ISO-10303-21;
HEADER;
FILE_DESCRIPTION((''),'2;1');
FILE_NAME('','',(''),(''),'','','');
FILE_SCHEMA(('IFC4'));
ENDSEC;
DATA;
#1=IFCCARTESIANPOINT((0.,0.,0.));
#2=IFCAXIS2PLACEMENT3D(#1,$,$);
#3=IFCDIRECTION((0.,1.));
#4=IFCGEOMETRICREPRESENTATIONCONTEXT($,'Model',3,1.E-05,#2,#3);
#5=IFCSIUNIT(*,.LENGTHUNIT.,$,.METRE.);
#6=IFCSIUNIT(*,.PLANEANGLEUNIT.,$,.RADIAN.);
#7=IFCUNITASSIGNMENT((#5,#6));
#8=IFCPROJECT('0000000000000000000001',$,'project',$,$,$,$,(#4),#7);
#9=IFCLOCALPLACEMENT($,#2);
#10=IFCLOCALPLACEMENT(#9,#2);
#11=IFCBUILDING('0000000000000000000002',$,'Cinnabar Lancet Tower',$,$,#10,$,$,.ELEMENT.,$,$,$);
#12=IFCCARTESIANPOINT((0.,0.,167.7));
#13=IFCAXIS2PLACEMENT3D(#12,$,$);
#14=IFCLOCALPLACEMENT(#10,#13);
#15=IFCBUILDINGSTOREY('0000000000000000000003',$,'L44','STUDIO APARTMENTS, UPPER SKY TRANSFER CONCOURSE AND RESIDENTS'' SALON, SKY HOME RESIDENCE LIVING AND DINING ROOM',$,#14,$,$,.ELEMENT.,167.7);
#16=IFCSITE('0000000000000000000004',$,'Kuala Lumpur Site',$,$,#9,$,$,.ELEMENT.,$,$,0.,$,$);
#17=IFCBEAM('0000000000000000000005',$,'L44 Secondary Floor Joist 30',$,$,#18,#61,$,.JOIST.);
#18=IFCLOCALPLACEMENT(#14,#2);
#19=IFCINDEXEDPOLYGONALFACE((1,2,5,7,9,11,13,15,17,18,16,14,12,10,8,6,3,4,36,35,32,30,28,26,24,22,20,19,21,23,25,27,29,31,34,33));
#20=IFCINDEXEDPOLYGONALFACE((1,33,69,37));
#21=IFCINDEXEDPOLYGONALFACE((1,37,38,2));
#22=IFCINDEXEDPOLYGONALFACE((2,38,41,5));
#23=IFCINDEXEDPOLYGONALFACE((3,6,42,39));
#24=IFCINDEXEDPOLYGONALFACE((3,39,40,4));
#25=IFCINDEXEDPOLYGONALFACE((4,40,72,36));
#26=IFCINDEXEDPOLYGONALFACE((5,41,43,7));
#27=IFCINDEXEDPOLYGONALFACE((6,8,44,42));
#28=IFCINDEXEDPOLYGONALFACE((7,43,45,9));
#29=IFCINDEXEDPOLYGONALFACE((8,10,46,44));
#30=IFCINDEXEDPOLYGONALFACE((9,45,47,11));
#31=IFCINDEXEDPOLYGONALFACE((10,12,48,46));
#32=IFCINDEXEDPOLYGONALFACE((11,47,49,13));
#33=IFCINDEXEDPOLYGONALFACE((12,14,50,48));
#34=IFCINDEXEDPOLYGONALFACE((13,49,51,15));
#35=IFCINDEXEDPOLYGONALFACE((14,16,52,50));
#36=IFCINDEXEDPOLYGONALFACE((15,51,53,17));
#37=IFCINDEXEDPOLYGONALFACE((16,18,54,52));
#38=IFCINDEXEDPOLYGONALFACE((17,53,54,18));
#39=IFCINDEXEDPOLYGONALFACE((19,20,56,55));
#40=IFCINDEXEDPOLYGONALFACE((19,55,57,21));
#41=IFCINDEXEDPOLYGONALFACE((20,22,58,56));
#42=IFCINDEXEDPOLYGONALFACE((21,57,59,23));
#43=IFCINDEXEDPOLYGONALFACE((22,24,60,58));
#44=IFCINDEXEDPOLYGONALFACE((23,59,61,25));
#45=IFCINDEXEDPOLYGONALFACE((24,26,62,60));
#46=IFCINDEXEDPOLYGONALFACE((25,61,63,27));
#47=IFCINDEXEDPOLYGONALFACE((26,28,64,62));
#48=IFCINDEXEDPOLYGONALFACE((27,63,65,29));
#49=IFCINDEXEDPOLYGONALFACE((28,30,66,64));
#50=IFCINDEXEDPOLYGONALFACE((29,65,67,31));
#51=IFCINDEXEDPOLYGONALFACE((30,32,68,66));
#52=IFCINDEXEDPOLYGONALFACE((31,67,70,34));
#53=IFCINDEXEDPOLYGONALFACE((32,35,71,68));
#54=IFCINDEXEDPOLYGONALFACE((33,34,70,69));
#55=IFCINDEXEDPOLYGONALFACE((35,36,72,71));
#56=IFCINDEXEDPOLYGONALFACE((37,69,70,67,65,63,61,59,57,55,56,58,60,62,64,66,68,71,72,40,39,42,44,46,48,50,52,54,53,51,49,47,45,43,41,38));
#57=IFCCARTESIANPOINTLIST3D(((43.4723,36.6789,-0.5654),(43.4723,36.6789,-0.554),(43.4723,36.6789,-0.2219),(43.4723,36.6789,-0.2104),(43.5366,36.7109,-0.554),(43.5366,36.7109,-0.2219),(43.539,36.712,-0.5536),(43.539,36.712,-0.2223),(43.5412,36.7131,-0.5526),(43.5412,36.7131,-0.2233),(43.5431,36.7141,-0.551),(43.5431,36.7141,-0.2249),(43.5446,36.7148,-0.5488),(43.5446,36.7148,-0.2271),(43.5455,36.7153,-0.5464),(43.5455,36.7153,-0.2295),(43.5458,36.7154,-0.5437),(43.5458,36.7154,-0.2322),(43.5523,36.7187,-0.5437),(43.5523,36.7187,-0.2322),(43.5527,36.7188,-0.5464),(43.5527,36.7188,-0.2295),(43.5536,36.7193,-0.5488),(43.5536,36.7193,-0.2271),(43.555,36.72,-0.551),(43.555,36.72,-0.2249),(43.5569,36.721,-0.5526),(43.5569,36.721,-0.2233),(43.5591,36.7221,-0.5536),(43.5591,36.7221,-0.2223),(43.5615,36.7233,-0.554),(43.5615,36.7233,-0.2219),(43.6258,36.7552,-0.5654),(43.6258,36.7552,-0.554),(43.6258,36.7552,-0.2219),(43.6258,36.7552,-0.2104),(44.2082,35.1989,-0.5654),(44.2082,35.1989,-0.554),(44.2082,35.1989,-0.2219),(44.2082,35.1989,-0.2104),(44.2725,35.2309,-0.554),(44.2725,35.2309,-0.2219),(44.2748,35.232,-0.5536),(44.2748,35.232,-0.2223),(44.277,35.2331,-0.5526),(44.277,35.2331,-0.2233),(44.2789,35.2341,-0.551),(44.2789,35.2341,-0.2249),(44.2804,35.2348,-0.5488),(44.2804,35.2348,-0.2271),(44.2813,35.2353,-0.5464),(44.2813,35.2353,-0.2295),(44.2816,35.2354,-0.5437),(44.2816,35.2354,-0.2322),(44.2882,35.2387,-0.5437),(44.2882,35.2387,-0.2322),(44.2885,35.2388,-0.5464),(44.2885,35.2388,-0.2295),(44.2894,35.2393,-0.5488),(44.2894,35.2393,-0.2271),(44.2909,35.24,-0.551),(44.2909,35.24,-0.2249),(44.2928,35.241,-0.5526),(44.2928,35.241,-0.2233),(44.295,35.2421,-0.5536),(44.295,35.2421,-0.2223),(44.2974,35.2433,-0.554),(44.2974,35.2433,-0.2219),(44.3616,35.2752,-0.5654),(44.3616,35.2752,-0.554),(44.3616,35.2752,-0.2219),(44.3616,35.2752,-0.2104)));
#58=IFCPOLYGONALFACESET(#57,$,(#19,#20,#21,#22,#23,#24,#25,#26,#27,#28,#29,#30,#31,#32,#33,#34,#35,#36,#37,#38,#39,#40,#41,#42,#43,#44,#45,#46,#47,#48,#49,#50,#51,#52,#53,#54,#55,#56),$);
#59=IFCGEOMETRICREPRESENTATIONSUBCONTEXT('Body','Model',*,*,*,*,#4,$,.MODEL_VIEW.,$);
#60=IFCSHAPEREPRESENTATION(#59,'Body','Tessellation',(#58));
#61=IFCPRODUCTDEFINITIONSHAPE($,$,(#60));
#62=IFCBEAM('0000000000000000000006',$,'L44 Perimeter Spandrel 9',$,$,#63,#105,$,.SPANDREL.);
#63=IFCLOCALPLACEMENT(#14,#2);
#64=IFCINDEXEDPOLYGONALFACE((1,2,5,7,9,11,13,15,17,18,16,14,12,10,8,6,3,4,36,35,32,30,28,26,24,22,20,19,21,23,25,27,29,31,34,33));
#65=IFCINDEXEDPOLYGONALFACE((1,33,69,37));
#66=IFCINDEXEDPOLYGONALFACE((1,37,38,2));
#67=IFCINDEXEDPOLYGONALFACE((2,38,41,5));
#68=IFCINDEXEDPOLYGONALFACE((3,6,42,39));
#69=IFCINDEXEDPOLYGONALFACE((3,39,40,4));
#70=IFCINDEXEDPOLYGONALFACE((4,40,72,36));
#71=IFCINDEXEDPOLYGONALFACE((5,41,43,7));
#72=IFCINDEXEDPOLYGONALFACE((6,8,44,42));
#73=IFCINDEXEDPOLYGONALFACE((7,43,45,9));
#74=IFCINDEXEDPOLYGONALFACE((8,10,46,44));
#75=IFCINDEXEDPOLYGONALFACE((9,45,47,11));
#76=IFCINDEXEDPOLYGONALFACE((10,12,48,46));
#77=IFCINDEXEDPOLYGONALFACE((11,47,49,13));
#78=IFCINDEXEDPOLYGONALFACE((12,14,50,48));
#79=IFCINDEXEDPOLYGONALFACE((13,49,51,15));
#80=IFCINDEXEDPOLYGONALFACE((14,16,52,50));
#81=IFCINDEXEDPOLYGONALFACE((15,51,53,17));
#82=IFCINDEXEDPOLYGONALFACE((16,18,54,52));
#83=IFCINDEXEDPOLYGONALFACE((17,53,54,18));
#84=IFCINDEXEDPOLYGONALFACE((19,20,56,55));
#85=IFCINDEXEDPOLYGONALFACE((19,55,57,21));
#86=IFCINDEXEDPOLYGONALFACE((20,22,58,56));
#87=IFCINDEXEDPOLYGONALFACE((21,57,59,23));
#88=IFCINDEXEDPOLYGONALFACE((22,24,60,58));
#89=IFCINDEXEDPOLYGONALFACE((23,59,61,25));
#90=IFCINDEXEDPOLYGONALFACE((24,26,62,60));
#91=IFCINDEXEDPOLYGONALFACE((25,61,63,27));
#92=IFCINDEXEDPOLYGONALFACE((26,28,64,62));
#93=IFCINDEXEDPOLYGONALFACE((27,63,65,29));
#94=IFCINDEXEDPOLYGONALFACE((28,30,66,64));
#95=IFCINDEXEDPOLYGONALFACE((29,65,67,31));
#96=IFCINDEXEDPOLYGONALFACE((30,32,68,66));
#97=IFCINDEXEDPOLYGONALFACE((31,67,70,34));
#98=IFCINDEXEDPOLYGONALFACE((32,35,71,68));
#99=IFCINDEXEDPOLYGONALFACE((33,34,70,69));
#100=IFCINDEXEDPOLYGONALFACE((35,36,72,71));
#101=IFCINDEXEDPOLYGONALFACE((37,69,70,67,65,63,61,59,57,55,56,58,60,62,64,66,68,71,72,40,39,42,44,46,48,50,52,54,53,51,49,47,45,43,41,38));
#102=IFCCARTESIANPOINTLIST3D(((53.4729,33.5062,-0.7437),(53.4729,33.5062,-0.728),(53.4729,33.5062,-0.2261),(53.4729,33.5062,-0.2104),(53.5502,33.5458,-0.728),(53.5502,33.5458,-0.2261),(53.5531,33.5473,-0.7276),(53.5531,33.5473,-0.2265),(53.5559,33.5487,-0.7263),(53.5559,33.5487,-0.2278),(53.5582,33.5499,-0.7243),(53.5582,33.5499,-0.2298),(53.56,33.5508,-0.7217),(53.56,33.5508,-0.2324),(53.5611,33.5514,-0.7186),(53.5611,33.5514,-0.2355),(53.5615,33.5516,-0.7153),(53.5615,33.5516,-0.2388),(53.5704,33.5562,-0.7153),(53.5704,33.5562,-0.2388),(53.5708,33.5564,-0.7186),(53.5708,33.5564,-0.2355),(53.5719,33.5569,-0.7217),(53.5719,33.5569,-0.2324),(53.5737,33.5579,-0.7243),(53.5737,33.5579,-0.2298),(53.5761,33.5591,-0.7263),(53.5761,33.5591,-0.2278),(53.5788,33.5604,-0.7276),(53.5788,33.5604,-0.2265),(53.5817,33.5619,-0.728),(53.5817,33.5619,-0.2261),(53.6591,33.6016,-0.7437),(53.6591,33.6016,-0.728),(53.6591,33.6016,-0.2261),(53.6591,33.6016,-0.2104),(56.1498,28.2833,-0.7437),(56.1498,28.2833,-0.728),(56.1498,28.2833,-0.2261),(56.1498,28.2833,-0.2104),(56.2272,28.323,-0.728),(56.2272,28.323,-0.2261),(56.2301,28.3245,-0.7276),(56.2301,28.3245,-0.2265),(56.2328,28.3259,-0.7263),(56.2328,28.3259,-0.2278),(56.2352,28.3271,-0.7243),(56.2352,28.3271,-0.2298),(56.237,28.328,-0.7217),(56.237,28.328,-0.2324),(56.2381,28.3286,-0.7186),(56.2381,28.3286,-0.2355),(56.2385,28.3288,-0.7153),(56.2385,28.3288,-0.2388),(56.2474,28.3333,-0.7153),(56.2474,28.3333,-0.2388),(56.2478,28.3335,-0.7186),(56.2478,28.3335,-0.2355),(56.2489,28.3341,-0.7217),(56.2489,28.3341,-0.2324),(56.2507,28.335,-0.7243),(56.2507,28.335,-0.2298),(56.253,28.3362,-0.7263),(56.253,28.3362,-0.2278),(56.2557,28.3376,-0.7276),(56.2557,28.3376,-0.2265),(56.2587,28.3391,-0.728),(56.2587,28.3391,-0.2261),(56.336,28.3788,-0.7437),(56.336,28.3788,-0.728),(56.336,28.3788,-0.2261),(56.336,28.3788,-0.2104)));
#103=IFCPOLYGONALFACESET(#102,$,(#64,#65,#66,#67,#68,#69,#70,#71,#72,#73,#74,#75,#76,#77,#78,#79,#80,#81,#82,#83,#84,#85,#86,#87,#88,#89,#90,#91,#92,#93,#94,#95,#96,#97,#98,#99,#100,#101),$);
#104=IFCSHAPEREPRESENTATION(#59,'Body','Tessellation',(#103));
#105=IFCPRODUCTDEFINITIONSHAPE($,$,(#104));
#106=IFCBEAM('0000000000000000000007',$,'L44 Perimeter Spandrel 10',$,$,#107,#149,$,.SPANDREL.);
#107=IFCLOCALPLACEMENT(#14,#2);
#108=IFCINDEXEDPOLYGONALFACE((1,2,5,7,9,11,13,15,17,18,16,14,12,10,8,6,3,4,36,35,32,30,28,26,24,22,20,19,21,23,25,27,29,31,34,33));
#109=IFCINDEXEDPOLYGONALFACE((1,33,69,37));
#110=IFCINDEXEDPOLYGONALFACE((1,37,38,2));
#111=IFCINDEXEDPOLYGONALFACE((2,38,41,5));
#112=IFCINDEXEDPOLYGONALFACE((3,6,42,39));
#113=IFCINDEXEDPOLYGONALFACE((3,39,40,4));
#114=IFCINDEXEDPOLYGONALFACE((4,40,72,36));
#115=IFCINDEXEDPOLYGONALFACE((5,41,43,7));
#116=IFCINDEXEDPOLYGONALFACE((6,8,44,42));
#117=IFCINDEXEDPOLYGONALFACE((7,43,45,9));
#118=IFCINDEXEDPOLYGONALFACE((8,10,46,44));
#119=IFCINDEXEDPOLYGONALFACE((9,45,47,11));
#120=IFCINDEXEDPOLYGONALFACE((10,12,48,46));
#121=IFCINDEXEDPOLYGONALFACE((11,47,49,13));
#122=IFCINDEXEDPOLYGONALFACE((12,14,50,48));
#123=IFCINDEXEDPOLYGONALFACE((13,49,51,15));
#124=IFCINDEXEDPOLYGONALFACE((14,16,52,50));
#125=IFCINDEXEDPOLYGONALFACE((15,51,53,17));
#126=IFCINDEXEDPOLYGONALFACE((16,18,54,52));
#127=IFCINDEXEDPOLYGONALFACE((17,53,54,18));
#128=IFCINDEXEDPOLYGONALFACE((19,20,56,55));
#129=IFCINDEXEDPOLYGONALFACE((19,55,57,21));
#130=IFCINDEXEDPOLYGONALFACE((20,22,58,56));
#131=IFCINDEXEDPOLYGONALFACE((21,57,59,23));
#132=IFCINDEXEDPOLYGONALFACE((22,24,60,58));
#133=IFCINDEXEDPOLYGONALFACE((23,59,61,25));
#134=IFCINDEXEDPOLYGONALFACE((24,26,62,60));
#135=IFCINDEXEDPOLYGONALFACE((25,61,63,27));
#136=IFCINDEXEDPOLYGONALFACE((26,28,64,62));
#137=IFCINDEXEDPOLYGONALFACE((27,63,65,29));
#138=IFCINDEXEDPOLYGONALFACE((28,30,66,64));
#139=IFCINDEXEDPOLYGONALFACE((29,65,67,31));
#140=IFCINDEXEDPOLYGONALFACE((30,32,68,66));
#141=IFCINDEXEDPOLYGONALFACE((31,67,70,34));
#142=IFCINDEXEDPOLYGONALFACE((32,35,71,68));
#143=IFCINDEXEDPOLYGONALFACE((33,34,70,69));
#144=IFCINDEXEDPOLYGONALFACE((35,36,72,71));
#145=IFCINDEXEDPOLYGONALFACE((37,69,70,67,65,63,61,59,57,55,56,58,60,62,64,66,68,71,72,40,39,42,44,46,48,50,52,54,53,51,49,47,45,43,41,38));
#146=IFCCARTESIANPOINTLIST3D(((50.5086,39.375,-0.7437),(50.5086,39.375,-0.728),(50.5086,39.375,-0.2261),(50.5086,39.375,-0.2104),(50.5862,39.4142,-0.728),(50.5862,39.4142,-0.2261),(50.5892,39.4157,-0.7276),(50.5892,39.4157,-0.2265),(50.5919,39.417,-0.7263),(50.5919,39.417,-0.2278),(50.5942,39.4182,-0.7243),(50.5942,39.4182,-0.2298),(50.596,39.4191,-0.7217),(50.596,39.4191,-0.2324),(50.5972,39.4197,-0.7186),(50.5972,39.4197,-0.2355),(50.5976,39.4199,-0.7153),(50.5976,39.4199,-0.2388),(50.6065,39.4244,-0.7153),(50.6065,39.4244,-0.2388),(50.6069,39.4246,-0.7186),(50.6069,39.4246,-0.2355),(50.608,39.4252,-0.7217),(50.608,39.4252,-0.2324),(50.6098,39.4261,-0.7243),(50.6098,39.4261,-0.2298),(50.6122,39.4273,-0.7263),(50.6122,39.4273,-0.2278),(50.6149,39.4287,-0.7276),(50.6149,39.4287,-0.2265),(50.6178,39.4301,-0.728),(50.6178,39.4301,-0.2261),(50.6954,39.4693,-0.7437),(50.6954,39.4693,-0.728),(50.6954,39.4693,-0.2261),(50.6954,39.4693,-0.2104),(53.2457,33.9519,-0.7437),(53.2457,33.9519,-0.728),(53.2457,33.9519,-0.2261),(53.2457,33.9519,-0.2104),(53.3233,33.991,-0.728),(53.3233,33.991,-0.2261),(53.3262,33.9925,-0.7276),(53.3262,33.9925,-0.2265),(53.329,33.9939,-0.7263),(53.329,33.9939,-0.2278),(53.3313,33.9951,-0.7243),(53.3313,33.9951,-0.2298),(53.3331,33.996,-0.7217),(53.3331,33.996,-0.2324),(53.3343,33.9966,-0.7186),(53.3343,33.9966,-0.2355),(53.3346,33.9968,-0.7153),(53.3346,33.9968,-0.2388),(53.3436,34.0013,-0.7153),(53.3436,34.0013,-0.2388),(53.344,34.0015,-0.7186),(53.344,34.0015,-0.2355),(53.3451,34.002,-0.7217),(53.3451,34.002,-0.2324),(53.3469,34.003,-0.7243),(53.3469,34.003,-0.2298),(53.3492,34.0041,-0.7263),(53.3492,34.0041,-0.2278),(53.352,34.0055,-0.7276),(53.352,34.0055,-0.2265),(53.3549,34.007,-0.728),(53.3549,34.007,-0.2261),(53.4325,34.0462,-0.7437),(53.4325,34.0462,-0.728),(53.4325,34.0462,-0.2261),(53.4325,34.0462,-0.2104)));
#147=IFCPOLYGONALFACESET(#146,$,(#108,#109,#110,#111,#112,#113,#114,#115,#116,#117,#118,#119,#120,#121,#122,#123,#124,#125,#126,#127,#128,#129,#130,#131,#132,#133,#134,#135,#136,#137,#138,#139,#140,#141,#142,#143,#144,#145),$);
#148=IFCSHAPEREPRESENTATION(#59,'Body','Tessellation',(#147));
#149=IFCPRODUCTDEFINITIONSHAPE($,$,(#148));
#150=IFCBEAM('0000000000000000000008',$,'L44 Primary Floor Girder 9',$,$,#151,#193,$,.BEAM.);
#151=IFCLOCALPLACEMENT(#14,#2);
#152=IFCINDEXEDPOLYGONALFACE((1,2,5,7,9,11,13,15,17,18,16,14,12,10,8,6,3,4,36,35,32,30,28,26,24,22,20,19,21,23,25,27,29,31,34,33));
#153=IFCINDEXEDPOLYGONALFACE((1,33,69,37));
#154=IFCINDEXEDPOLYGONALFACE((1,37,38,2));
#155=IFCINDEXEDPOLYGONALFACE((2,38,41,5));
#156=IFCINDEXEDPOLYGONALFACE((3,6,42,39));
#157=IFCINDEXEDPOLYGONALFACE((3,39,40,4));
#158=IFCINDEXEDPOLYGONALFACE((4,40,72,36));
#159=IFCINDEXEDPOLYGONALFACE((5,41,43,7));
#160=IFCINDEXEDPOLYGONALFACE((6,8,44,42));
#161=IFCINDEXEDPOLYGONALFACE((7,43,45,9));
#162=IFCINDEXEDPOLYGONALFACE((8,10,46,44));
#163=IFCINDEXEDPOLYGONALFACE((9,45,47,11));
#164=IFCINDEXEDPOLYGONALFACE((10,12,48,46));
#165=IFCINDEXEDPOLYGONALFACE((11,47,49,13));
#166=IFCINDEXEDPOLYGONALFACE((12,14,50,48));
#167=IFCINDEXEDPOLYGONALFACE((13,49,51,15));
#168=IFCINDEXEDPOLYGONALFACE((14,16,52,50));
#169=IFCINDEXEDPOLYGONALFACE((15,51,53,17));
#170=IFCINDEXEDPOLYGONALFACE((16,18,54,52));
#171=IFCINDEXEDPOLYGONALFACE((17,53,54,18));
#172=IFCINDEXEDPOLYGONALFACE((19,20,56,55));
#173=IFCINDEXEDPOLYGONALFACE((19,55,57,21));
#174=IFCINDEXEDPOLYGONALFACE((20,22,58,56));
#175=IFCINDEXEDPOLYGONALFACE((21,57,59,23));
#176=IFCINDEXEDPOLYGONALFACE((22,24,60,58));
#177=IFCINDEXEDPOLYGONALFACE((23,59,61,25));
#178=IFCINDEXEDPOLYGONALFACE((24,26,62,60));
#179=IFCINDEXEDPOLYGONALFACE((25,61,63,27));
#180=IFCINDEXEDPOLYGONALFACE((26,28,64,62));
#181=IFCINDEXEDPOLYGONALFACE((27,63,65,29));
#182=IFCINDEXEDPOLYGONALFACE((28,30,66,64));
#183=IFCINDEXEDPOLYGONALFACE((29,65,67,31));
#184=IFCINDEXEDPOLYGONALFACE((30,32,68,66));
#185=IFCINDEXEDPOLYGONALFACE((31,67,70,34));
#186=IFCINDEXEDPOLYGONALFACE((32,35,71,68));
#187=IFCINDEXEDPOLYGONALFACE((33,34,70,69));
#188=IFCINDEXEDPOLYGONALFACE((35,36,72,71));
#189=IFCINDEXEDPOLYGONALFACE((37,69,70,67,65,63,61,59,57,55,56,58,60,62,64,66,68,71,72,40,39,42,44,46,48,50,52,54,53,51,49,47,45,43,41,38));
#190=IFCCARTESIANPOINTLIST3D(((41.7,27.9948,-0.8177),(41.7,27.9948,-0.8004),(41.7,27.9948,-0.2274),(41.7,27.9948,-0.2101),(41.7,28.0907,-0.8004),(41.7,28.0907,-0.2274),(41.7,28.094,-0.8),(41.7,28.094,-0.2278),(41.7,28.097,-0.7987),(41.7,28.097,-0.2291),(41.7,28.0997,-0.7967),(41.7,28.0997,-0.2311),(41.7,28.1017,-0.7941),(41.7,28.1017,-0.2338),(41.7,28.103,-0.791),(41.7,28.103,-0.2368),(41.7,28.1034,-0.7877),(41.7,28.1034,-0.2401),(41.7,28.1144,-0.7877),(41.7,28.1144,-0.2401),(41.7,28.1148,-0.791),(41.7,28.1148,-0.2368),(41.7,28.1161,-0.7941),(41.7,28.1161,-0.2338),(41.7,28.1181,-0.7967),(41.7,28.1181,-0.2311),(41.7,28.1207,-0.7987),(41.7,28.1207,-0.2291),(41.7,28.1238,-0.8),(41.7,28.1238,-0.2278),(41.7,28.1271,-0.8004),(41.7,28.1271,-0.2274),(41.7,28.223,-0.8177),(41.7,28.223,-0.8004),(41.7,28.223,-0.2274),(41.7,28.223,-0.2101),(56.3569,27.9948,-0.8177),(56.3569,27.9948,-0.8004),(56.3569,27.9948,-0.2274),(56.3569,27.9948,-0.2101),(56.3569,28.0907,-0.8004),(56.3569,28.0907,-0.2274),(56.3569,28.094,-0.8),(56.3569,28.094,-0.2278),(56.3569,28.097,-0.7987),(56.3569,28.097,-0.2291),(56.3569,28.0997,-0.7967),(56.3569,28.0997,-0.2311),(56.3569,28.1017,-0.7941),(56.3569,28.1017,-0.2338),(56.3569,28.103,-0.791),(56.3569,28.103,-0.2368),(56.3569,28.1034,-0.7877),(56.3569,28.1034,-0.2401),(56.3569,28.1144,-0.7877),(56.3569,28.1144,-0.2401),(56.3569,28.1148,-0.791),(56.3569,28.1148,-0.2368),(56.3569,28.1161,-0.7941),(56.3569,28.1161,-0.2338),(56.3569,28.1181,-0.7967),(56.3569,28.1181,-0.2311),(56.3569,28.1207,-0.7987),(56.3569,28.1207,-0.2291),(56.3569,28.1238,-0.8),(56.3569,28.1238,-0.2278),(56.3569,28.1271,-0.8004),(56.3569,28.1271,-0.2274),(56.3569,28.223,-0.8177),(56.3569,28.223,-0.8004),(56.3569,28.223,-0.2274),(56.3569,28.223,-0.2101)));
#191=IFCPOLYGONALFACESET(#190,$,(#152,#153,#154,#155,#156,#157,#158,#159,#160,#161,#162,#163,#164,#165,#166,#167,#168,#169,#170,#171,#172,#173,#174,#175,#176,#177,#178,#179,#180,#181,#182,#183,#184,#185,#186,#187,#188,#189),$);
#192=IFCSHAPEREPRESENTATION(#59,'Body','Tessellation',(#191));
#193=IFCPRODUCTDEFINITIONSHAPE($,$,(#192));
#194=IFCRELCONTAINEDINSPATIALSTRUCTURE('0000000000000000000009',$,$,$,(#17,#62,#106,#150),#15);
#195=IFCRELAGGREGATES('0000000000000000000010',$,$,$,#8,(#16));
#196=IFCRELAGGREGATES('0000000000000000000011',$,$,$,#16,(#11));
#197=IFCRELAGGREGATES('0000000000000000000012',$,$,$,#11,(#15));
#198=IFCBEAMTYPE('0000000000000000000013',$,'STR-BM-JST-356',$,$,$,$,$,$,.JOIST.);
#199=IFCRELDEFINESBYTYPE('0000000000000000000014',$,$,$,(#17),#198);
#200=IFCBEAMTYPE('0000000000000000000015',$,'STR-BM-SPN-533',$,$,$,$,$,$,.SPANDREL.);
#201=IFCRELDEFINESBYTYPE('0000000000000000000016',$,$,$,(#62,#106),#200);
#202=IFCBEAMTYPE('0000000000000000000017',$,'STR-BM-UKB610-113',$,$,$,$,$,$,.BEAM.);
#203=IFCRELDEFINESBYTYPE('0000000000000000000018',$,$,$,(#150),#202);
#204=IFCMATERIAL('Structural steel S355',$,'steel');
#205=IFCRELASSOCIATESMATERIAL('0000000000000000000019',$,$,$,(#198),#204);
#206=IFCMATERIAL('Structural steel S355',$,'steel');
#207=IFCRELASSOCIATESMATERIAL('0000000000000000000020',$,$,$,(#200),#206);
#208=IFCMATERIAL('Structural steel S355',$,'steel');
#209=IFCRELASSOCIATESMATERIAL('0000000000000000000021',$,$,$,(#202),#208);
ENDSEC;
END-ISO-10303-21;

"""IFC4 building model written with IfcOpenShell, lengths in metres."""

from ifc_helpers import new_model, si_unit, direction, frame, origin, origin_2d, place, context, subcontext, project, spatial, i_section, extrude, material, material_profile, profile_set, type_object, element, save


model = new_model("IFC4")

# Units and contexts
model_context = context("Model", 3, precision=1e-05, world=origin(), true_north=direction((0.0, 1.0)))
body_context = subcontext(model_context, "Body", "Model", "MODEL_VIEW")
ifc_project = project(units=[si_unit("LENGTHUNIT", "METRE"), si_unit("PLANEANGLEUNIT", "RADIAN")], contexts=[model_context])

# Site, building, storey
site_placement = place(None, origin())
site = spatial("IfcSite", under=ifc_project, at=site_placement, Name="Kuala Lumpur Site", CompositionType="ELEMENT", RefElevation=0.0)
building_placement = place(site_placement, origin())
building = spatial("IfcBuilding", under=site, at=building_placement, Name="Cinnabar Lancet Tower", CompositionType="ELEMENT")
storey_placement = place(building_placement, frame((0.0, 0.0, 167.7)))
storey = spatial("IfcBuildingStorey", under=building, at=storey_placement, Name="L44", Description="STUDIO APARTMENTS, UPPER SKY TRANSFER CONCOURSE AND RESIDENTS' SALON, SKY HOME RESIDENCE LIVING AND DINING ROOM", CompositionType="ELEMENT", Elevation=167.7)

# Beams
ifc_material_1 = material(Name="Structural steel S355", Category="steel")
ifc_material_profile_1 = material_profile(ifc_material_1, i_section(OverallWidth=0.1714, OverallDepth=0.355, WebThickness=0.0073, FlangeThickness=0.0115, FilletRadius=0.0103, at=origin_2d()), Name="UKB 356x171x51")
ifc_profile_set_1 = profile_set([ifc_material_profile_1], Name="Structural steel S355")
beam_type_1 = type_object("IfcBeamType", Name="STR-BM-JST-356", PredefinedType="JOIST", material=ifc_profile_set_1)
beam_1_placement = place(storey_placement, frame((44.2849, 35.2371, -0.3879), z_axis=(-0.445204, 0.895429, 0.0), x_axis=(-0.895429, -0.445204, 0.0)))
element("IfcBeam", 1, at=beam_1_placement, inside=storey, type_object=beam_type_1, Name="L44 Secondary Floor Joist 30", PredefinedType="JOIST", context=body_context, shape_type="SweptSolid", body=[
    extrude(i_section(OverallWidth=0.1714, OverallDepth=0.355, WebThickness=0.0073, FlangeThickness=0.0115, FilletRadius=0.0103, at=origin_2d()), origin(), (0.0, 0.0, 1.0), 1.6528),
])
ifc_material_2 = material(Name="Structural steel S355", Category="steel")
ifc_material_profile_2 = material_profile(ifc_material_2, i_section(OverallWidth=0.2092, OverallDepth=0.5332, WebThickness=0.01, FlangeThickness=0.0156, FilletRadius=0.0127, at=origin_2d()), Name="UKB 533x210x92")
ifc_profile_set_2 = profile_set([ifc_material_profile_2], Name="Structural steel S355")
beam_type_2 = type_object("IfcBeamType", Name="STR-BM-SPN-533", PredefinedType="SPANDREL", material=ifc_profile_set_2)
beam_2_placement = place(storey_placement, frame((56.2429, 28.3311, -0.4771), z_axis=(-0.456127, 0.889915, 0.0), x_axis=(-0.889915, -0.456127, 0.0)))
element("IfcBeam", 2, at=beam_2_placement, inside=storey, type_object=beam_type_2, Name="L44 Perimeter Spandrel 9", PredefinedType="SPANDREL", context=body_context, shape_type="SweptSolid", body=[
    extrude(i_section(OverallWidth=0.2092, OverallDepth=0.5332, WebThickness=0.01, FlangeThickness=0.0156, FilletRadius=0.0127, at=origin_2d()), origin(), (0.0, 0.0, 1.0), 5.8689),
])
beam_3_placement = place(storey_placement, frame((53.3391, 33.999, -0.4771), z_axis=(-0.45057, 0.892741, 0.0), x_axis=(-0.892741, -0.45057, 0.0)))
element("IfcBeam", 3, at=beam_3_placement, inside=storey, type_object=beam_type_2, Name="L44 Perimeter Spandrel 10", PredefinedType="SPANDREL", context=body_context, shape_type="SweptSolid", body=[
    extrude(i_section(OverallWidth=0.2092, OverallDepth=0.5332, WebThickness=0.01, FlangeThickness=0.0156, FilletRadius=0.0127, at=origin_2d()), origin(), (0.0, 0.0, 1.0), 6.0747),
])
ifc_material_3 = material(Name="Structural steel S355", Category="steel")
ifc_material_profile_3 = material_profile(ifc_material_3, i_section(OverallWidth=0.2283, OverallDepth=0.6077, WebThickness=0.011, FlangeThickness=0.0173, FilletRadius=0.0127, at=origin_2d()), Name="UKB 610x229x113")
ifc_profile_set_3 = profile_set([ifc_material_profile_3], Name="Structural steel S355")
beam_type_3 = type_object("IfcBeamType", Name="STR-BM-UKB610-113", PredefinedType="BEAM", material=ifc_profile_set_3)
beam_4_placement = place(storey_placement, frame((56.3569, 28.1089, -0.5139), z_axis=(-1.0, 0.0, 0.0), x_axis=(0.0, -1.0, 0.0)))
element("IfcBeam", 4, at=beam_4_placement, inside=storey, type_object=beam_type_3, Name="L44 Primary Floor Girder 9", PredefinedType="BEAM", context=body_context, shape_type="SweptSolid", body=[
    extrude(i_section(OverallWidth=0.2283, OverallDepth=0.6077, WebThickness=0.011, FlangeThickness=0.0173, FilletRadius=0.0127, at=origin_2d()), origin(), (0.0, 0.0, 1.0), 14.657),
])

save(model, "model.ifc")
